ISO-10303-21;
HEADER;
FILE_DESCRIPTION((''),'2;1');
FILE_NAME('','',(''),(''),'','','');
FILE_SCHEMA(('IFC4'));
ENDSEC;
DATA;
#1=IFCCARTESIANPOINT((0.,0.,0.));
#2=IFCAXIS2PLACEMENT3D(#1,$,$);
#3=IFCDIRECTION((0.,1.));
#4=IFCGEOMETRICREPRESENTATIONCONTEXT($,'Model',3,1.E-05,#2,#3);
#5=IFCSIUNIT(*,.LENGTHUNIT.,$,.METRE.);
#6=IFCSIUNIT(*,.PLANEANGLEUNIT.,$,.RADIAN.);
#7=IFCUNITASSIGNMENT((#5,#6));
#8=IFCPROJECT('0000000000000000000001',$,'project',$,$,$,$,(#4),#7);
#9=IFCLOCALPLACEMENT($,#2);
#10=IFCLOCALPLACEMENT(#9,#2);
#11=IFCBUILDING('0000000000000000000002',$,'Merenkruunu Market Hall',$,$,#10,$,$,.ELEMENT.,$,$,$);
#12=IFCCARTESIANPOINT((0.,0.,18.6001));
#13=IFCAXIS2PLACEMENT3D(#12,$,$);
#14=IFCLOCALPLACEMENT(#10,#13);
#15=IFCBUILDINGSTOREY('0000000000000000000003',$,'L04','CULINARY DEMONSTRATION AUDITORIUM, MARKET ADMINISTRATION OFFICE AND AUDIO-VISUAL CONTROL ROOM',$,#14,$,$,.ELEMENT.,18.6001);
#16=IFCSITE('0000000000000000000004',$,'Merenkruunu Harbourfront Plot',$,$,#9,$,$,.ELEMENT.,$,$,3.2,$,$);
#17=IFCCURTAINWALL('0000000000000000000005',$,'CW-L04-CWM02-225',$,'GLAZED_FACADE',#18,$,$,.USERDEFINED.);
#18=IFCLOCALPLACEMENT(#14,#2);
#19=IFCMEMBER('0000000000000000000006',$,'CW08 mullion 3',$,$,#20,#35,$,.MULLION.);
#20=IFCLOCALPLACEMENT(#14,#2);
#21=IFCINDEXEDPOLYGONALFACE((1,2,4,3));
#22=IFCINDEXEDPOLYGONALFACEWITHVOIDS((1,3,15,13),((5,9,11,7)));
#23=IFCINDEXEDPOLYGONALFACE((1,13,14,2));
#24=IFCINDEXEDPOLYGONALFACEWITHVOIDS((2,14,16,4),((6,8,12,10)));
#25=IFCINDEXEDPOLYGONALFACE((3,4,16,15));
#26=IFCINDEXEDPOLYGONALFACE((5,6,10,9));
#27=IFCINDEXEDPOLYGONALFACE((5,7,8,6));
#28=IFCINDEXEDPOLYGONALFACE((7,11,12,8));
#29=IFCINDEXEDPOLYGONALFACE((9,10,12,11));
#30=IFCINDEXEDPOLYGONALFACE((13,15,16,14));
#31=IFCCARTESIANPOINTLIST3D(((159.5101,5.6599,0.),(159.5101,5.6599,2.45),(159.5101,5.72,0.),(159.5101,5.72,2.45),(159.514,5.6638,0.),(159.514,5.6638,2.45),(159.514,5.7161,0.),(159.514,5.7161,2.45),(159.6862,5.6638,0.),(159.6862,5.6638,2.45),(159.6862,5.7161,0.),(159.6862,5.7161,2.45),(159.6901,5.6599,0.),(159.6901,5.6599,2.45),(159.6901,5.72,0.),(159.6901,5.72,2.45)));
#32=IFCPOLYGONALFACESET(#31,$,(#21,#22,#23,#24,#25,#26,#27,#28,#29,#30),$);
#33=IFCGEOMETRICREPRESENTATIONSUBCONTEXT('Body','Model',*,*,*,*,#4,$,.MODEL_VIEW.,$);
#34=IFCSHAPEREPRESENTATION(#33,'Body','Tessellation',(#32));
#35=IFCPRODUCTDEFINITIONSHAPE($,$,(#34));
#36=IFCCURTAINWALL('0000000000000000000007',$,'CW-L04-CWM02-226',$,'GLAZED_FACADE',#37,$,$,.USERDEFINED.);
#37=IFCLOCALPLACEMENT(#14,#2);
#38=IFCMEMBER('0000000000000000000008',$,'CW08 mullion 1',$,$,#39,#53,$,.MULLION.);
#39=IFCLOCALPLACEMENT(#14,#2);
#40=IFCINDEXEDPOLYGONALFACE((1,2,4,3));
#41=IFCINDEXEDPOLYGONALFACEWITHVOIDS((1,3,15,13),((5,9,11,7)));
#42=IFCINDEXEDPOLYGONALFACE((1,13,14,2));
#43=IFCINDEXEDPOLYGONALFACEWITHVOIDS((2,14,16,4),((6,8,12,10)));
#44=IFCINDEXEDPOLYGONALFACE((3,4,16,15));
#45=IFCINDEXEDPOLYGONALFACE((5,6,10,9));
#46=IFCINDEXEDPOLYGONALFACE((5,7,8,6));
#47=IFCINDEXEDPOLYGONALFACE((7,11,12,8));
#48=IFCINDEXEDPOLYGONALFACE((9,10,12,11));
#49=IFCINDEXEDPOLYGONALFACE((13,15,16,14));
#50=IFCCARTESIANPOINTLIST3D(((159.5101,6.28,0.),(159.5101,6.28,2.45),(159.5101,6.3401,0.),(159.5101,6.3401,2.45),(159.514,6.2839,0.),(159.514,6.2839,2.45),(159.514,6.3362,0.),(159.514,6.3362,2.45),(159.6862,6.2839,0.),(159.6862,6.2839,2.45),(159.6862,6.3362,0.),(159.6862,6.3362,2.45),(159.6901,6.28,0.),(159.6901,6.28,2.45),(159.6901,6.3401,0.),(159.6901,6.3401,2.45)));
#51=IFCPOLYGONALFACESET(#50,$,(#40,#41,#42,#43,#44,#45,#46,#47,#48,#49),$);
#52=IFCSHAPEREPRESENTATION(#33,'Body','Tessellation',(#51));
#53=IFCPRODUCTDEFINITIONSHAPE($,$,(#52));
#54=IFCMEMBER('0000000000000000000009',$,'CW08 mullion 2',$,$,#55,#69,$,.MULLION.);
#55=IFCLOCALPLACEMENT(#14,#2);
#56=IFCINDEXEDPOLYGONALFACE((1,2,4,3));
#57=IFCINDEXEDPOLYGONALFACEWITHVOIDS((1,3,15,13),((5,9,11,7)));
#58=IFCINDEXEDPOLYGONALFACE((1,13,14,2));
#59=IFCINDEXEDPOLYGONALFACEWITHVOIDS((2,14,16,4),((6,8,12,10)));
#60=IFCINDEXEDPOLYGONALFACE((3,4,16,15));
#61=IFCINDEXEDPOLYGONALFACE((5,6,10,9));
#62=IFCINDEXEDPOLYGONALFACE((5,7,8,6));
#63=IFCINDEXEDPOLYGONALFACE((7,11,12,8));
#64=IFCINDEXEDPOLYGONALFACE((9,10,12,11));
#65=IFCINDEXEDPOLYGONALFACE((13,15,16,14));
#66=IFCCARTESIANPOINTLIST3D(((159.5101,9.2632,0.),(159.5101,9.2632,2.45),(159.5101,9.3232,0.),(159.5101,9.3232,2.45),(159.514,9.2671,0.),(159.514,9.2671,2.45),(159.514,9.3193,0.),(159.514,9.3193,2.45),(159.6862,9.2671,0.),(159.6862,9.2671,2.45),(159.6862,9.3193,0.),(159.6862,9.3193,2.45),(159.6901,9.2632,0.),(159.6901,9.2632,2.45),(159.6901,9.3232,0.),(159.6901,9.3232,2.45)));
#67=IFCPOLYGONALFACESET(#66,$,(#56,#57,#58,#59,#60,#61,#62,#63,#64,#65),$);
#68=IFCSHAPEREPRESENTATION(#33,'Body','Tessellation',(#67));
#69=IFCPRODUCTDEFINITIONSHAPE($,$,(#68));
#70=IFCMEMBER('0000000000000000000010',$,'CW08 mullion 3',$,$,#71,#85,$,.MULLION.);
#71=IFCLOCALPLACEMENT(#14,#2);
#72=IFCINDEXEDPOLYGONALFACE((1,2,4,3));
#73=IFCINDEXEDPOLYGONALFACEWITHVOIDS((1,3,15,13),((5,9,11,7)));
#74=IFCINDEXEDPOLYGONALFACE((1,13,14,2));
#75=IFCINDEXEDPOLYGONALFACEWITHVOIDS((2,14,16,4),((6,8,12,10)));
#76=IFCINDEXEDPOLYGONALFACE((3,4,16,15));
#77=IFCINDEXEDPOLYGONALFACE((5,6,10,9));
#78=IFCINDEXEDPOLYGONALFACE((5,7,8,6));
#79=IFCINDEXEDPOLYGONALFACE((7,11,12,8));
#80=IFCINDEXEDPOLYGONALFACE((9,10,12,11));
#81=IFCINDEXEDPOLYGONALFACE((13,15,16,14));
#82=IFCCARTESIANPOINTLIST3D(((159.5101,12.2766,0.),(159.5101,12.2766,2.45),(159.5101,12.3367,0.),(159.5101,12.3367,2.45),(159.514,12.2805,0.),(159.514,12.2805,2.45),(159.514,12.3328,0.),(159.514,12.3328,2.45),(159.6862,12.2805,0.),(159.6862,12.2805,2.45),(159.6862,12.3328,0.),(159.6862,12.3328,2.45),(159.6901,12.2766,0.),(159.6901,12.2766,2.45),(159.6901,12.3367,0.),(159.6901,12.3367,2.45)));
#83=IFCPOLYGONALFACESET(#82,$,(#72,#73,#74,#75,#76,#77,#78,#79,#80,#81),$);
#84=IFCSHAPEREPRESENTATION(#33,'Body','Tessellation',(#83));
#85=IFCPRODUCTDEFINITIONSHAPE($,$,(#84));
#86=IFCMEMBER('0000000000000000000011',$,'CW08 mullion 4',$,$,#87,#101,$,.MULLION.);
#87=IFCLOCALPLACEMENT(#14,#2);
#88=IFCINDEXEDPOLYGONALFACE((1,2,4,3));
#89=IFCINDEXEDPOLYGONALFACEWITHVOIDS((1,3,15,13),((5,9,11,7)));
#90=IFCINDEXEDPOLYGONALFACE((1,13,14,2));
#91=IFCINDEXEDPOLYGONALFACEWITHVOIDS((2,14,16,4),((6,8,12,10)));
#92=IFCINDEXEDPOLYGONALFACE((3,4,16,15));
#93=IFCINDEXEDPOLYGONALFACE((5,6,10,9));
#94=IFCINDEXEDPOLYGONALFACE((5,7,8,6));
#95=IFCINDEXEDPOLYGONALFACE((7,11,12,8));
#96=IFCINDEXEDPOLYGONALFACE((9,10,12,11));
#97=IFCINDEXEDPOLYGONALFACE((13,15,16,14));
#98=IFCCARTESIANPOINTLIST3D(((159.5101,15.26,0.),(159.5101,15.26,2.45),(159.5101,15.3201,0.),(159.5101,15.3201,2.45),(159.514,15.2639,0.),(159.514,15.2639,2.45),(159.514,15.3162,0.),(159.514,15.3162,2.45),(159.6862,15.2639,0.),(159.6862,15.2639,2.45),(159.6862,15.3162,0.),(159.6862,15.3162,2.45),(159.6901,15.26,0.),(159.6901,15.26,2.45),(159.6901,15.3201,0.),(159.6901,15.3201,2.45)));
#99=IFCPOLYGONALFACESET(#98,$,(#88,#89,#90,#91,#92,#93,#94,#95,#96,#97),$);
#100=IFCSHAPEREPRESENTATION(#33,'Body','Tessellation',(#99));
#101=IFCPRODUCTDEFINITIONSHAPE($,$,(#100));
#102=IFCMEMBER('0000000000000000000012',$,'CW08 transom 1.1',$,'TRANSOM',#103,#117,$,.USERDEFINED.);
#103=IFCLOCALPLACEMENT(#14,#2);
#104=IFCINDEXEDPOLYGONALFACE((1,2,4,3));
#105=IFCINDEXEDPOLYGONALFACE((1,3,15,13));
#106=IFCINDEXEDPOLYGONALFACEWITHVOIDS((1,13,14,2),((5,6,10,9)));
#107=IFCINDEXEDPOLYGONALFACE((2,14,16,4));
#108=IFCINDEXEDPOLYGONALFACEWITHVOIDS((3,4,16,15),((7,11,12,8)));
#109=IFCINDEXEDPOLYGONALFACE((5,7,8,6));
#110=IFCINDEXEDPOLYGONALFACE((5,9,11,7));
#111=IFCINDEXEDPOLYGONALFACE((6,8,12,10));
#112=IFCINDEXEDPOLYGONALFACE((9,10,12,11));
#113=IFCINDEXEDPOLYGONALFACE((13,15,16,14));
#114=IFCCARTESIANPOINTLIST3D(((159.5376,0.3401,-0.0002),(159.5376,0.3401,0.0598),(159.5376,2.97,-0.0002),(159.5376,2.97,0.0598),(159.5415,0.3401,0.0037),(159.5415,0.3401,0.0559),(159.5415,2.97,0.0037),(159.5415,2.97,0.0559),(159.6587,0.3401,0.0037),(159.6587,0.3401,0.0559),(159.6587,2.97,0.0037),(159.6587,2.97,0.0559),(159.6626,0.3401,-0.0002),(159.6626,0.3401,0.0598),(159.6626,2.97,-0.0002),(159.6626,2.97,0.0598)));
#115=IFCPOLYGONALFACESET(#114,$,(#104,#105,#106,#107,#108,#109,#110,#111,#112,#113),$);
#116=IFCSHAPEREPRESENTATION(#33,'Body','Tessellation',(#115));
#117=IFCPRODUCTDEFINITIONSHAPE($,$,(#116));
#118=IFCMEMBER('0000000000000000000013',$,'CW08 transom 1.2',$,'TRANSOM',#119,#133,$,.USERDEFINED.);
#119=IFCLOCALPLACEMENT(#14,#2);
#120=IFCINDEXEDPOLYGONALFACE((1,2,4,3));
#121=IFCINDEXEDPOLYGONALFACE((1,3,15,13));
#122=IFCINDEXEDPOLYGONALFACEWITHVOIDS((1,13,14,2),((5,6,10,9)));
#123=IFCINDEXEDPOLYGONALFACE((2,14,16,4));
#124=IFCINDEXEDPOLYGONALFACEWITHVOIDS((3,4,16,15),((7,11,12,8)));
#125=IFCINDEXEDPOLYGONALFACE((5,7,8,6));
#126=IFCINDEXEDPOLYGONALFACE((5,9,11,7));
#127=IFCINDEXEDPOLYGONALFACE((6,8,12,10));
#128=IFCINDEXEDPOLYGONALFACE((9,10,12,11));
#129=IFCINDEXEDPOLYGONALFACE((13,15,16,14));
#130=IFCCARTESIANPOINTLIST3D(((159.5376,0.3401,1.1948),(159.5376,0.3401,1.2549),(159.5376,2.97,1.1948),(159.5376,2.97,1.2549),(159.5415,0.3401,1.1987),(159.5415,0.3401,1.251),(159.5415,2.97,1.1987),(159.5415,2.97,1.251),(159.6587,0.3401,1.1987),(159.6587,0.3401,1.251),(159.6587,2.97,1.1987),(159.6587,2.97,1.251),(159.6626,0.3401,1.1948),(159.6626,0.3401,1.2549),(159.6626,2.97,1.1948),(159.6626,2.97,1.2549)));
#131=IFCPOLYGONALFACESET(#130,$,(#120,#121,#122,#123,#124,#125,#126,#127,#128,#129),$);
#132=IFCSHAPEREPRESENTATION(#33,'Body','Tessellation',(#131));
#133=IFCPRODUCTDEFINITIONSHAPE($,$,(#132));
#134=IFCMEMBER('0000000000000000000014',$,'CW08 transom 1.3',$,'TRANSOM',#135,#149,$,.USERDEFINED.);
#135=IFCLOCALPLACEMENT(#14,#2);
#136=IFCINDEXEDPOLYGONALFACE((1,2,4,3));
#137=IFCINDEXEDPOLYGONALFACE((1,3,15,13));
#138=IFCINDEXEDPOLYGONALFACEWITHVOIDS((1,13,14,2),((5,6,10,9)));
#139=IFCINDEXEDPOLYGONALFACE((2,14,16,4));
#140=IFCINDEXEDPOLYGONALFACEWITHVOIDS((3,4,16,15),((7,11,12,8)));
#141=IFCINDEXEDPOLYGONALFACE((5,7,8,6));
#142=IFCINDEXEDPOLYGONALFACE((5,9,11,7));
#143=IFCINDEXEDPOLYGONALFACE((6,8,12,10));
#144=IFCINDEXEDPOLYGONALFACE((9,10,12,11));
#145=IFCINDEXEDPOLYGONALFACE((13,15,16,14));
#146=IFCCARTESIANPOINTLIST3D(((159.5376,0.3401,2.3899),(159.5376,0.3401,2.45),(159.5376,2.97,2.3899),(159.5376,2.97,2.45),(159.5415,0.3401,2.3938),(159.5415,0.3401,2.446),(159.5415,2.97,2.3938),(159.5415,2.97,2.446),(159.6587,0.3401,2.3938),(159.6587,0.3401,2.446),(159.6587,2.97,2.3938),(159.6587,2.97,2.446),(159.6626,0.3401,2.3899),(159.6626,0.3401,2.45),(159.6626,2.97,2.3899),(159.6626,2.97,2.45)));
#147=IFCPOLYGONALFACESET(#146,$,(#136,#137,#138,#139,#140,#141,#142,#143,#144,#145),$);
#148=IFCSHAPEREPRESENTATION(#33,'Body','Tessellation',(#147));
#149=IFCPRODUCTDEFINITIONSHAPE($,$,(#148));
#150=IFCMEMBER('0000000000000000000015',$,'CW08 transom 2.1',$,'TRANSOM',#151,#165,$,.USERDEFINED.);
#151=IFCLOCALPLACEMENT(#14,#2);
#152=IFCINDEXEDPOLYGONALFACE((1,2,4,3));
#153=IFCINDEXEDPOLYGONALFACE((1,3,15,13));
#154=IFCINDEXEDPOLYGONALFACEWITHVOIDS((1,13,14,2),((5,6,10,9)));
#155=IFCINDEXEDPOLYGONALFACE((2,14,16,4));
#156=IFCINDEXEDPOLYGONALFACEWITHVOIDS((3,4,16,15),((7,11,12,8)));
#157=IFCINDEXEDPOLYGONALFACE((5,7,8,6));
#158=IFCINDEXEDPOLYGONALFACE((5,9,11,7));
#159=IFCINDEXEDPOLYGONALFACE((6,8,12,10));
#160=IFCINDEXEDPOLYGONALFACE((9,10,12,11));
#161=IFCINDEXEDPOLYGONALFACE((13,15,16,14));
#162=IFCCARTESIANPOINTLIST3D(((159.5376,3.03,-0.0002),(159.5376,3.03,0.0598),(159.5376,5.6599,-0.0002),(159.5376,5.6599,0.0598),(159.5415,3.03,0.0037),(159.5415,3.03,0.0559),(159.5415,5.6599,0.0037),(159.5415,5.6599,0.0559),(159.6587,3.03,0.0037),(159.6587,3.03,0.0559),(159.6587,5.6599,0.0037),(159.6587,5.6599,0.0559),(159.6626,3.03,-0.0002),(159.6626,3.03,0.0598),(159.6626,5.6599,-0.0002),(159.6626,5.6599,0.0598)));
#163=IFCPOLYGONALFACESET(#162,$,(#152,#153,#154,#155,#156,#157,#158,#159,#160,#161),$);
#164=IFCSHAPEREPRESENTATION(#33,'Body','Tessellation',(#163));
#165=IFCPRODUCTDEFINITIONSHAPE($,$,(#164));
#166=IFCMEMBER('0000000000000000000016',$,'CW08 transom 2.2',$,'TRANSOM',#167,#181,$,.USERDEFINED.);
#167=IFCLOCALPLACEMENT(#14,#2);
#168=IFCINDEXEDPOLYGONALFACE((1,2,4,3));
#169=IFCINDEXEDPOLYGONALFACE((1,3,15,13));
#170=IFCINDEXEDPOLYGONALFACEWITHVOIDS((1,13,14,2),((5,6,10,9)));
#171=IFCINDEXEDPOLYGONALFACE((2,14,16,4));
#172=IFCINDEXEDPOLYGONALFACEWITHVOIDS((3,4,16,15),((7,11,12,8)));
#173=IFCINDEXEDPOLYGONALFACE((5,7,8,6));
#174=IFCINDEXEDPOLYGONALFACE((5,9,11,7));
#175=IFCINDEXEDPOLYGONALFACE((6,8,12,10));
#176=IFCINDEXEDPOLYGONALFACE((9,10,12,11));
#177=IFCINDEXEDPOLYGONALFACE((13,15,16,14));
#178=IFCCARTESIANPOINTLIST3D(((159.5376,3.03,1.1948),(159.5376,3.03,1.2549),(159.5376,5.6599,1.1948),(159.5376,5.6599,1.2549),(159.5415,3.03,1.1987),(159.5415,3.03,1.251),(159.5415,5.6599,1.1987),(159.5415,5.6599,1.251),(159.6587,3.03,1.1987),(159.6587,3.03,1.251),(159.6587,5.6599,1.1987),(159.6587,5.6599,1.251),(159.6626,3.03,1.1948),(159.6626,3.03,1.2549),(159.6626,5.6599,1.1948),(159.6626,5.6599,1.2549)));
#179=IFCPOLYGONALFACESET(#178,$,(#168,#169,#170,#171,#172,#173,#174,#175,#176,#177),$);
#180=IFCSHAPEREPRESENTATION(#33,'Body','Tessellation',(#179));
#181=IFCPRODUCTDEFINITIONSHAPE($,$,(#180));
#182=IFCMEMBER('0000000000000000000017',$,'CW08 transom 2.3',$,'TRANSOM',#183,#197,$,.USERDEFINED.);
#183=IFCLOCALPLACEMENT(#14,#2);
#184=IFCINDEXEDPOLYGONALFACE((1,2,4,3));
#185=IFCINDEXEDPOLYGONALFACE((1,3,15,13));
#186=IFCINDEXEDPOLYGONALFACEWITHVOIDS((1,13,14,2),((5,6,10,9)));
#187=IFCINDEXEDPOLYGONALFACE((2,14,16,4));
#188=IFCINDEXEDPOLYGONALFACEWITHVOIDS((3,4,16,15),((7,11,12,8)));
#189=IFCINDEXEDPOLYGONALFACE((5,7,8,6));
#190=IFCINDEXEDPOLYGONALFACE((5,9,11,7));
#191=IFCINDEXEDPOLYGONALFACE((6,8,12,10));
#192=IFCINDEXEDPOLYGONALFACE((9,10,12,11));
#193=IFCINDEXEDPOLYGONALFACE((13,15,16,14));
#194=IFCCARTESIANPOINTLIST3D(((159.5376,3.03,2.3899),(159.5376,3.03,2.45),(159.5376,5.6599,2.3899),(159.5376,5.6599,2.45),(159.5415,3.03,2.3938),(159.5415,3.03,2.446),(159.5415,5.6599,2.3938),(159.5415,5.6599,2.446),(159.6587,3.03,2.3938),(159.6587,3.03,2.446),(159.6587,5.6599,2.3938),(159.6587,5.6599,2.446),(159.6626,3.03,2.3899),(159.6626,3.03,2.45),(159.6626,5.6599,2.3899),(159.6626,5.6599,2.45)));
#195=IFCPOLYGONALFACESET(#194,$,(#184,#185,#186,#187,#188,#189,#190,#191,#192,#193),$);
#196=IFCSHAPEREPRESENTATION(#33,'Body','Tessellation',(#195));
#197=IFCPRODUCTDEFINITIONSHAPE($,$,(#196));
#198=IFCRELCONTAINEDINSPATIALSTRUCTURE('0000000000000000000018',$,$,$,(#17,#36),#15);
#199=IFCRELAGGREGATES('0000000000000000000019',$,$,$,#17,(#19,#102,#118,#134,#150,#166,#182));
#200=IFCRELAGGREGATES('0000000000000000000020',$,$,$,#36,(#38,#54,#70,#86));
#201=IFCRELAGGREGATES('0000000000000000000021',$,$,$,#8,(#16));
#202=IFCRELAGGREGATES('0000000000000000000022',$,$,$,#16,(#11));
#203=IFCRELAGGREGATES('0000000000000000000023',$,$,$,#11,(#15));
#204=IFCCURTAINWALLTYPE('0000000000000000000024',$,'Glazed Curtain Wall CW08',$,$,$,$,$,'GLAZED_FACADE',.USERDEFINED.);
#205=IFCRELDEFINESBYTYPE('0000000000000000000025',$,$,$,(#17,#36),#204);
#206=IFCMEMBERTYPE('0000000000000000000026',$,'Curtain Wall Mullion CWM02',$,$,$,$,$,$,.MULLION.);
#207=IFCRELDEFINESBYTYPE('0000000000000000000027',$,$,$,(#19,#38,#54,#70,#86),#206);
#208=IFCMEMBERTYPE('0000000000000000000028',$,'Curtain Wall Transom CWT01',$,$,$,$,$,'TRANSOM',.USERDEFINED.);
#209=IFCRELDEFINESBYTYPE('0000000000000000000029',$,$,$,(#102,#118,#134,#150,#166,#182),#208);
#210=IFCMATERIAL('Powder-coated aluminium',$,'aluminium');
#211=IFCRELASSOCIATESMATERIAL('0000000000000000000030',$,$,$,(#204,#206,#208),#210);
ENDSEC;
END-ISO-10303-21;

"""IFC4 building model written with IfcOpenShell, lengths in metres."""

from ifc_helpers import new_model, si_unit, direction, frame, origin, origin_2d, place, context, subcontext, project, spatial, hollow_rectangle, extrude, material, material_profile, profile_set, type_object, element, aggregate, save


model = new_model("IFC4")

# Units and contexts
model_context = context("Model", 3, precision=1e-05, world=origin(), true_north=direction((0.0, 1.0)))
body_context = subcontext(model_context, "Body", "Model", "MODEL_VIEW")
ifc_project = project(units=[si_unit("LENGTHUNIT", "METRE"), si_unit("PLANEANGLEUNIT", "RADIAN")], contexts=[model_context])

# Site, building, storey
site_placement = place(None, origin())
site = spatial("IfcSite", under=ifc_project, at=site_placement, Name="Merenkruunu Harbourfront Plot", CompositionType="ELEMENT", RefElevation=3.2)
building_placement = place(site_placement, origin())
building = spatial("IfcBuilding", under=site, at=building_placement, Name="Merenkruunu Market Hall", CompositionType="ELEMENT")
storey_placement = place(building_placement, frame((0.0, 0.0, 18.6001)))
storey = spatial("IfcBuildingStorey", under=building, at=storey_placement, Name="L04", Description="CULINARY DEMONSTRATION AUDITORIUM, MARKET ADMINISTRATION OFFICE AND AUDIO-VISUAL CONTROL ROOM", CompositionType="ELEMENT", Elevation=18.6001)

# Curtain wall, member
ifc_material_1 = material(Name="Powder-coated aluminium", Category="aluminium")
curtain_wall_type = type_object("IfcCurtainWallType", Name="Glazed Curtain Wall CW08", ElementType="GLAZED_FACADE", PredefinedType="USERDEFINED", material=ifc_material_1)
curtain_wall_1_placement = place(storey_placement, origin())
curtain_wall_1 = element("IfcCurtainWall", 1, at=curtain_wall_1_placement, inside=storey, type_object=curtain_wall_type, Name="CW-L04-CWM02-225", ObjectType="GLAZED_FACADE", PredefinedType="USERDEFINED")
ifc_material_profile_1 = material_profile(ifc_material_1, hollow_rectangle(XDim=0.0601, YDim=0.1799, WallThickness=0.0039, at=origin_2d()), Name="ALU 60x180x4")
ifc_profile_set_1 = profile_set([ifc_material_profile_1], Name="Powder-coated aluminium")
member_type_1 = type_object("IfcMemberType", Name="Curtain Wall Mullion CWM02", PredefinedType="MULLION", material=ifc_profile_set_1)
member_1_placement = place(storey_placement, frame((159.6001, 5.6899, 0.0), z_axis=(0.0, 0.0, 1.0), x_axis=(0.0, 1.0, 0.0)))
member_1 = element("IfcMember", 2, at=member_1_placement, type_object=member_type_1, Name="CW08 mullion 3", PredefinedType="MULLION", context=body_context, shape_type="SweptSolid", body=[
    extrude(hollow_rectangle(XDim=0.0601, YDim=0.1799, WallThickness=0.0039, at=origin_2d()), origin(), (0.0, 0.0, 1.0), 2.45),
])

# Curtain wall, members
curtain_wall_2_placement = place(storey_placement, origin())
curtain_wall_2 = element("IfcCurtainWall", 3, at=curtain_wall_2_placement, inside=storey, type_object=curtain_wall_type, Name="CW-L04-CWM02-226", ObjectType="GLAZED_FACADE", PredefinedType="USERDEFINED")
member_2_placement = place(storey_placement, frame((159.6001, 6.3101, 0.0), z_axis=(0.0, 0.0, 1.0), x_axis=(0.0, 1.0, 0.0)))
member_2 = element("IfcMember", 4, at=member_2_placement, type_object=member_type_1, Name="CW08 mullion 1", PredefinedType="MULLION", context=body_context, shape_type="SweptSolid", body=[
    extrude(hollow_rectangle(XDim=0.0601, YDim=0.1799, WallThickness=0.0039, at=origin_2d()), origin(), (0.0, 0.0, 1.0), 2.45),
])
member_3_placement = place(storey_placement, frame((159.6001, 9.2932, 0.0), z_axis=(0.0, 0.0, 1.0), x_axis=(0.0, 1.0, 0.0)))
member_3 = element("IfcMember", 5, at=member_3_placement, type_object=member_type_1, Name="CW08 mullion 2", PredefinedType="MULLION", context=body_context, shape_type="SweptSolid", body=[
    extrude(hollow_rectangle(XDim=0.0601, YDim=0.1799, WallThickness=0.0039, at=origin_2d()), origin(), (0.0, 0.0, 1.0), 2.45),
])
member_4_placement = place(storey_placement, frame((159.6001, 12.3066, 0.0), z_axis=(0.0, 0.0, 1.0), x_axis=(0.0, 1.0, 0.0)))
member_4 = element("IfcMember", 6, at=member_4_placement, type_object=member_type_1, Name="CW08 mullion 3", PredefinedType="MULLION", context=body_context, shape_type="SweptSolid", body=[
    extrude(hollow_rectangle(XDim=0.0601, YDim=0.1799, WallThickness=0.0039, at=origin_2d()), origin(), (0.0, 0.0, 1.0), 2.45),
])
member_5_placement = place(storey_placement, frame((159.6001, 15.29, 0.0), z_axis=(0.0, 0.0, 1.0), x_axis=(0.0, 1.0, 0.0)))
member_5 = element("IfcMember", 7, at=member_5_placement, type_object=member_type_1, Name="CW08 mullion 4", PredefinedType="MULLION", context=body_context, shape_type="SweptSolid", body=[
    extrude(hollow_rectangle(XDim=0.0601, YDim=0.1799, WallThickness=0.0039, at=origin_2d()), origin(), (0.0, 0.0, 1.0), 2.45),
])

# Members
ifc_material_profile_2 = material_profile(ifc_material_1, hollow_rectangle(XDim=0.0601, YDim=0.125, WallThickness=0.0039, at=origin_2d()), Name="ALU 60x125x4")
ifc_profile_set_2 = profile_set([ifc_material_profile_2], Name="Powder-coated aluminium")
member_type_2 = type_object("IfcMemberType", Name="Curtain Wall Transom CWT01", ElementType="TRANSOM", PredefinedType="USERDEFINED", material=ifc_profile_set_2)
member_6_placement = place(storey_placement, frame((159.6001, 0.3401, 0.0298), z_axis=(0.0, 1.0, 0.0), x_axis=(0.0, 0.0, 1.0)))
member_6 = element("IfcMember", 8, at=member_6_placement, type_object=member_type_2, Name="CW08 transom 1.1", ObjectType="TRANSOM", PredefinedType="USERDEFINED", context=body_context, shape_type="SweptSolid", body=[
    extrude(hollow_rectangle(XDim=0.0601, YDim=0.125, WallThickness=0.0039, at=origin_2d()), origin(), (0.0, 0.0, 1.0), 2.6299),
])
member_7_placement = place(storey_placement, frame((159.6001, 0.3401, 1.2249), z_axis=(0.0, 1.0, 0.0), x_axis=(0.0, 0.0, 1.0)))
member_7 = element("IfcMember", 9, at=member_7_placement, type_object=member_type_2, Name="CW08 transom 1.2", ObjectType="TRANSOM", PredefinedType="USERDEFINED", context=body_context, shape_type="SweptSolid", body=[
    extrude(hollow_rectangle(XDim=0.0601, YDim=0.125, WallThickness=0.0039, at=origin_2d()), origin(), (0.0, 0.0, 1.0), 2.6299),
])
member_8_placement = place(storey_placement, frame((159.6001, 0.3401, 2.4199), z_axis=(0.0, 1.0, 0.0), x_axis=(0.0, 0.0, 1.0)))
member_8 = element("IfcMember", 10, at=member_8_placement, type_object=member_type_2, Name="CW08 transom 1.3", ObjectType="TRANSOM", PredefinedType="USERDEFINED", context=body_context, shape_type="SweptSolid", body=[
    extrude(hollow_rectangle(XDim=0.0601, YDim=0.125, WallThickness=0.0039, at=origin_2d()), origin(), (0.0, 0.0, 1.0), 2.6299),
])
member_9_placement = place(storey_placement, frame((159.6001, 3.03, 0.0298), z_axis=(0.0, 1.0, 0.0), x_axis=(0.0, 0.0, 1.0)))
member_9 = element("IfcMember", 11, at=member_9_placement, type_object=member_type_2, Name="CW08 transom 2.1", ObjectType="TRANSOM", PredefinedType="USERDEFINED", context=body_context, shape_type="SweptSolid", body=[
    extrude(hollow_rectangle(XDim=0.0601, YDim=0.125, WallThickness=0.0039, at=origin_2d()), origin(), (0.0, 0.0, 1.0), 2.6299),
])
member_10_placement = place(storey_placement, frame((159.6001, 3.03, 1.2249), z_axis=(0.0, 1.0, 0.0), x_axis=(0.0, 0.0, 1.0)))
member_10 = element("IfcMember", 12, at=member_10_placement, type_object=member_type_2, Name="CW08 transom 2.2", ObjectType="TRANSOM", PredefinedType="USERDEFINED", context=body_context, shape_type="SweptSolid", body=[
    extrude(hollow_rectangle(XDim=0.0601, YDim=0.125, WallThickness=0.0039, at=origin_2d()), origin(), (0.0, 0.0, 1.0), 2.6299),
])
member_11_placement = place(storey_placement, frame((159.6001, 3.03, 2.4199), z_axis=(0.0, 1.0, 0.0), x_axis=(0.0, 0.0, 1.0)))
member_11 = element("IfcMember", 13, at=member_11_placement, type_object=member_type_2, Name="CW08 transom 2.3", ObjectType="TRANSOM", PredefinedType="USERDEFINED", context=body_context, shape_type="SweptSolid", body=[
    extrude(hollow_rectangle(XDim=0.0601, YDim=0.125, WallThickness=0.0039, at=origin_2d()), origin(), (0.0, 0.0, 1.0), 2.6299),
])

aggregate(curtain_wall_1, [member_1, member_6, member_7, member_8, member_9, member_10, member_11])
aggregate(curtain_wall_2, [member_2, member_3, member_4, member_5])

save(model, "model.ifc")
